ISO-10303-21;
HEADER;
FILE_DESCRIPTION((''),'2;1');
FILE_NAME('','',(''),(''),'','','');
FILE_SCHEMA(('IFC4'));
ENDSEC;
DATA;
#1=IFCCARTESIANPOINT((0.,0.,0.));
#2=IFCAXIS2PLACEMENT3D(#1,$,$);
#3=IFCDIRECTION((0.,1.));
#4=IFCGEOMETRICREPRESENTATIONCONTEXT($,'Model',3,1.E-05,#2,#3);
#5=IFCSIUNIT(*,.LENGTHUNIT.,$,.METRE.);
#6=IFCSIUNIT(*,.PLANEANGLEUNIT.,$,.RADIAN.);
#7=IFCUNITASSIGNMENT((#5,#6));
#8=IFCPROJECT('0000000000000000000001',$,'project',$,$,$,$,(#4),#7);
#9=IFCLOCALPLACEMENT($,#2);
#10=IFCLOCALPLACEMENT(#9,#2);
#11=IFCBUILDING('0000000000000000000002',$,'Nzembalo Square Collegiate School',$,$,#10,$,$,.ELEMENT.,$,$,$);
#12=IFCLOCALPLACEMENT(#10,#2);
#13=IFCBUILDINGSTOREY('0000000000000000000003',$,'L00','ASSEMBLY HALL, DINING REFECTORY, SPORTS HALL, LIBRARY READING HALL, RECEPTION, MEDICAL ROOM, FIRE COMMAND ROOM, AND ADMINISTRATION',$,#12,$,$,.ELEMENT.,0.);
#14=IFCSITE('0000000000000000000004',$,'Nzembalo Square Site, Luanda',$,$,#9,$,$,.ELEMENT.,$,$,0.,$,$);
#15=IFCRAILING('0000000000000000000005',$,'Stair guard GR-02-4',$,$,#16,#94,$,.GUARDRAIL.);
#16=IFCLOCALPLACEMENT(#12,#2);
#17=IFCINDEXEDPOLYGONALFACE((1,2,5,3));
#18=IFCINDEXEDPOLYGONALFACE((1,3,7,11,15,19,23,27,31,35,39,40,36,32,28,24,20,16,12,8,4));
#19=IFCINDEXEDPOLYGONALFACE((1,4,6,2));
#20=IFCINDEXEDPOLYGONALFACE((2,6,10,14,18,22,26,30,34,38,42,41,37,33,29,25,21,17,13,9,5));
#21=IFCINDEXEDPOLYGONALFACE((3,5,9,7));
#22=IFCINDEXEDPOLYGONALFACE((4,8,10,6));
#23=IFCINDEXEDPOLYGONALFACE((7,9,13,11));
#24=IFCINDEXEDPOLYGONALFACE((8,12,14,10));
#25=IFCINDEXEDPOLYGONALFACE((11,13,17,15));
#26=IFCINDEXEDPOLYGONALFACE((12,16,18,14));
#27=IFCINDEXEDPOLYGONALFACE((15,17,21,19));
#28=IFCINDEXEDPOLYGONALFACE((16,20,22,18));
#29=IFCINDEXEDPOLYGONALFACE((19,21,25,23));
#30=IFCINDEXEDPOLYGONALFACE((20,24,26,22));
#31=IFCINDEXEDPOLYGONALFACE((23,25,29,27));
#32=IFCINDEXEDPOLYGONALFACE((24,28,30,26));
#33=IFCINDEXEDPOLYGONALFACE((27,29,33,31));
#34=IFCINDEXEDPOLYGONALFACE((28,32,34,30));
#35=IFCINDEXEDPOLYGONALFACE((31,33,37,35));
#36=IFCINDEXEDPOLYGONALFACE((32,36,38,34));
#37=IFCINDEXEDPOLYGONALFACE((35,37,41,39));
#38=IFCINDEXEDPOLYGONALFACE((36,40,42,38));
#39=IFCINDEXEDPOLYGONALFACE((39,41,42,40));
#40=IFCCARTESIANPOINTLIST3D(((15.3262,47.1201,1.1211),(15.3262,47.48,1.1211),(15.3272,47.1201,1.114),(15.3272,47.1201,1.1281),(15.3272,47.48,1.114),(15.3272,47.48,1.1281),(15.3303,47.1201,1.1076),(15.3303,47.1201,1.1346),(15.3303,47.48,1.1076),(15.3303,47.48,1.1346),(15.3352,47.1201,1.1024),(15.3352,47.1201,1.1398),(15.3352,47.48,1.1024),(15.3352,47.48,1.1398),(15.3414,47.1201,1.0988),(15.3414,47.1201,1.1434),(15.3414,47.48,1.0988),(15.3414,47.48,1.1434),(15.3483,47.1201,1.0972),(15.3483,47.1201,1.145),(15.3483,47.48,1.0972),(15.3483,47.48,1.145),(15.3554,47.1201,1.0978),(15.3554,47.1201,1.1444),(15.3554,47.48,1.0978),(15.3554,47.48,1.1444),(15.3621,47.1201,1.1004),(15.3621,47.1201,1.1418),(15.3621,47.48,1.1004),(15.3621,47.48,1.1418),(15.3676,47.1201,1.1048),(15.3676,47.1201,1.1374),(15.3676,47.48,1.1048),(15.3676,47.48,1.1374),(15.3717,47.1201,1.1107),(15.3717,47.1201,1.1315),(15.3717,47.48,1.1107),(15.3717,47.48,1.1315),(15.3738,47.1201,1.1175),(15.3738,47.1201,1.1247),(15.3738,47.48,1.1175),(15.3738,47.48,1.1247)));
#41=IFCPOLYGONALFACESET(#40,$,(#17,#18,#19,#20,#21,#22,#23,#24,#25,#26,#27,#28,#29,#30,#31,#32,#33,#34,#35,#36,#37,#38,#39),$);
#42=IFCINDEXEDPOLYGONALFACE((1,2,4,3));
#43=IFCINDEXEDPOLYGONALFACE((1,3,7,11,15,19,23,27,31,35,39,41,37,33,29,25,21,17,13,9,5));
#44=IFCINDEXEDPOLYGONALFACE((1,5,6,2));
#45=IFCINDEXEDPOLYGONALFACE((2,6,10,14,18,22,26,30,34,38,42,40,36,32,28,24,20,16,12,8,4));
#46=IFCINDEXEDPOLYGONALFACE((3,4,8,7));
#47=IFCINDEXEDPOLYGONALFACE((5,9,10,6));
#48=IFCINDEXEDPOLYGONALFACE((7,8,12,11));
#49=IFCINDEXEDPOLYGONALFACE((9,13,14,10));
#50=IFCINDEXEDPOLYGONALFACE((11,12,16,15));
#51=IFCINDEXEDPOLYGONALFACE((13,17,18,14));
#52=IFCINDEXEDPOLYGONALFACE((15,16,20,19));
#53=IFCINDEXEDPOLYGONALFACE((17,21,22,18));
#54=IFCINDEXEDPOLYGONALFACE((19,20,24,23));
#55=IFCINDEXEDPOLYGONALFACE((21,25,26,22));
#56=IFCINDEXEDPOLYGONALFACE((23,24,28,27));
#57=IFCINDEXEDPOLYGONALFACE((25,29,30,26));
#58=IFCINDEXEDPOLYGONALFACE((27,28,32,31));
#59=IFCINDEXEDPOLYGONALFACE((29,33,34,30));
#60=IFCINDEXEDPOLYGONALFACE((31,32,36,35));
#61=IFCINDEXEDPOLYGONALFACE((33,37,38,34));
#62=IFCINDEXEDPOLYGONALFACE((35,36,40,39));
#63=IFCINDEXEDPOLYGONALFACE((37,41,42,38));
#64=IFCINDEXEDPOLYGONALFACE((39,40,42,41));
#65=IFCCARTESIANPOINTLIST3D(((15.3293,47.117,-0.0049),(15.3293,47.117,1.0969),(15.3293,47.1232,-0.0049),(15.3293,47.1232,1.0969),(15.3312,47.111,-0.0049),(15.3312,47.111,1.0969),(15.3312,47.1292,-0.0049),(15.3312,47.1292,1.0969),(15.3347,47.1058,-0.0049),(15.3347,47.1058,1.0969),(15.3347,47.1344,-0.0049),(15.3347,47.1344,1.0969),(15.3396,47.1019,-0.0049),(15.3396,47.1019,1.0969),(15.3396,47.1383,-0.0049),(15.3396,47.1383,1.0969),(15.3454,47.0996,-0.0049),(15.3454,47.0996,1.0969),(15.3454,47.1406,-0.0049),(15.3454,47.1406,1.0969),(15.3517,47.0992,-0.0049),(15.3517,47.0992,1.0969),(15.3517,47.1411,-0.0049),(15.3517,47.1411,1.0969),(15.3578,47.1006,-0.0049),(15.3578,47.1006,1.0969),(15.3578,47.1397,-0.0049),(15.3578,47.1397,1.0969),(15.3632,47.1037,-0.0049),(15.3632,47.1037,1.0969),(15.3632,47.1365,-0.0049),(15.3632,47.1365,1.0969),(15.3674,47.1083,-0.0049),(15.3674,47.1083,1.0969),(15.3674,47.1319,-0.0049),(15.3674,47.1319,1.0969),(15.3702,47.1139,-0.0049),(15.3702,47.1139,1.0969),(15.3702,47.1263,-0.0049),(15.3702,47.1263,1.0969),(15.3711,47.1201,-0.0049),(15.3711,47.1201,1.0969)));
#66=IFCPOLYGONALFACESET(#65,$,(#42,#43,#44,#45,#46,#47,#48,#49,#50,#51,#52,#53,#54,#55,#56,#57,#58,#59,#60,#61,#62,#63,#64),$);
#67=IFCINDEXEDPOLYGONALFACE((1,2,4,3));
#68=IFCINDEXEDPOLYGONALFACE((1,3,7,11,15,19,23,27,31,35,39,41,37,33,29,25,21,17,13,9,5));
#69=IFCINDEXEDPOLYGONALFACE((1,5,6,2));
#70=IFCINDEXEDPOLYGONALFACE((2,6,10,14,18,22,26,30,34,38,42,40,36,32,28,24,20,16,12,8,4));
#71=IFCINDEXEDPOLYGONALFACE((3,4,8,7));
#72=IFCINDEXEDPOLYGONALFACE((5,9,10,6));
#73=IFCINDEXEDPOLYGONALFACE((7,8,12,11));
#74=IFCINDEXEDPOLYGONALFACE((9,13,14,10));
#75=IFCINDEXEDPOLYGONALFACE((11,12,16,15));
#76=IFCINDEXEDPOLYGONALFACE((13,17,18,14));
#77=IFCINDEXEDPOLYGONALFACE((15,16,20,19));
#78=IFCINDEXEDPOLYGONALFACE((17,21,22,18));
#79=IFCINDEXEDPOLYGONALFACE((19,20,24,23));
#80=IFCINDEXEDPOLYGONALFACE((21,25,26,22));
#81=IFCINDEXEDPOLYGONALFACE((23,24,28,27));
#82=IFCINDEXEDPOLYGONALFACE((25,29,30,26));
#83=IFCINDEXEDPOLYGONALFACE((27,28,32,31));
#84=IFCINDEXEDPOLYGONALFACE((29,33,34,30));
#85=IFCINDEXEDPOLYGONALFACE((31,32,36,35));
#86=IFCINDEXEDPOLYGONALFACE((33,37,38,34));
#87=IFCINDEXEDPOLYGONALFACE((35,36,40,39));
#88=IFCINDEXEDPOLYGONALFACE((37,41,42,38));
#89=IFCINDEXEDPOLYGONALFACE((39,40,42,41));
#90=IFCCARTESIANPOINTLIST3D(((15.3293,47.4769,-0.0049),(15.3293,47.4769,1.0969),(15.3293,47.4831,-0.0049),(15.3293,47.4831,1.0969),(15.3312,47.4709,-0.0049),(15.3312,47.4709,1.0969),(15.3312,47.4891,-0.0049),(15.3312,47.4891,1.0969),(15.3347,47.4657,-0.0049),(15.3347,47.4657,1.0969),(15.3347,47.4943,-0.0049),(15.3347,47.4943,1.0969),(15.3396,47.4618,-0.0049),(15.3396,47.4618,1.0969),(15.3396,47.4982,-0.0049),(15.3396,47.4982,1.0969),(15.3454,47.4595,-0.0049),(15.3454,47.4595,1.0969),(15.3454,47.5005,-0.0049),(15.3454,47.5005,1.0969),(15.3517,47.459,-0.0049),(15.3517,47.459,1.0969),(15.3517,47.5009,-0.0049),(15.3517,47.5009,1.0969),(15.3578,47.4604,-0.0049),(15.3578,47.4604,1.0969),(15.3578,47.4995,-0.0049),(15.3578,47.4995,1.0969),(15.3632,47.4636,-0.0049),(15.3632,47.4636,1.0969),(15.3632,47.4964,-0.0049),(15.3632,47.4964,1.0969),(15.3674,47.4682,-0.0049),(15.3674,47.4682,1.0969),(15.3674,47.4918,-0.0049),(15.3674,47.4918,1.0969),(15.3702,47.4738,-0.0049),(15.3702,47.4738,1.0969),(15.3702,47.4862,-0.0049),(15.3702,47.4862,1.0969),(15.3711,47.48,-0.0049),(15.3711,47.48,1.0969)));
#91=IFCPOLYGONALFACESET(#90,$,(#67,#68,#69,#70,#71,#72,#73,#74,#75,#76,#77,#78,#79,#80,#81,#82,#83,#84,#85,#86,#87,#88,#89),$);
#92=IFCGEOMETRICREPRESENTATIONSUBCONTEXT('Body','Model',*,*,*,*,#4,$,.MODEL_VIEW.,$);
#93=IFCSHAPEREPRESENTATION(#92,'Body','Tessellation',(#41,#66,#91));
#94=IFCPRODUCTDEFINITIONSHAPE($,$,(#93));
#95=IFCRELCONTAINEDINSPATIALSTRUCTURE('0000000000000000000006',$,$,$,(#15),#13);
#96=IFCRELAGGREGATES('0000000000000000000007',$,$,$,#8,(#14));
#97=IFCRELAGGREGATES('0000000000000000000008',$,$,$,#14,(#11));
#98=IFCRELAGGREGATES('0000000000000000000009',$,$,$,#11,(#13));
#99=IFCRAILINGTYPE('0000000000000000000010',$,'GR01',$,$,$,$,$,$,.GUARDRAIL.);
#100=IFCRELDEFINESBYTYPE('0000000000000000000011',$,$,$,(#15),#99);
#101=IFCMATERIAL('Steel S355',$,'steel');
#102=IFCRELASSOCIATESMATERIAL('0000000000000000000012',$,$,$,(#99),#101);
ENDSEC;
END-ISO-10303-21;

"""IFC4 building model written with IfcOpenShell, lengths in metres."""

from ifc_helpers import new_model, si_unit, direction, frame, origin, origin_2d, place, context, subcontext, project, spatial, circle, extrude, material, type_object, element, save


model = new_model("IFC4")

# Units and contexts
model_context = context("Model", 3, precision=1e-05, world=origin(), true_north=direction((0.0, 1.0)))
body_context = subcontext(model_context, "Body", "Model", "MODEL_VIEW")
ifc_project = project(units=[si_unit("LENGTHUNIT", "METRE"), si_unit("PLANEANGLEUNIT", "RADIAN")], contexts=[model_context])

# Site, building, storey
site_placement = place(None, origin())
site = spatial("IfcSite", under=ifc_project, at=site_placement, Name="Nzembalo Square Site, Luanda", CompositionType="ELEMENT", RefElevation=0.0)
building_placement = place(site_placement, origin())
building = spatial("IfcBuilding", under=site, at=building_placement, Name="Nzembalo Square Collegiate School", CompositionType="ELEMENT")
storey_placement = place(building_placement, origin())
storey = spatial("IfcBuildingStorey", under=building, at=storey_placement, Name="L00", Description="ASSEMBLY HALL, DINING REFECTORY, SPORTS HALL, LIBRARY READING HALL, RECEPTION, MEDICAL ROOM, FIRE COMMAND ROOM, AND ADMINISTRATION", CompositionType="ELEMENT", Elevation=0.0)

# Railing
ifc_material_1 = material(Name="Steel S355", Category="steel")
railing_type_1 = type_object("IfcRailingType", Name="GR01", PredefinedType="GUARDRAIL", material=ifc_material_1)
railing_1_placement = place(storey_placement, frame((15.3501, 47.1201, -0.0049)))
element("IfcRailing", 1, at=railing_1_placement, inside=storey, type_object=railing_type_1, Name="Stair guard GR-02-4", PredefinedType="GUARDRAIL", context=body_context, shape_type="SweptSolid", body=[
    extrude(circle(Radius=0.0239, at=origin_2d()), frame((0.0, 0.0, 1.126), z_axis=(0.0, 1.0, 0.0), x_axis=(-1.0, 0.0, 0.0)), (0.0, 0.0, 1.0), 0.3599),
    extrude(circle(Radius=0.021, at=origin_2d()), origin(), (0.0, 0.0, 1.0), 1.1018),
    extrude(circle(Radius=0.021, at=origin_2d()), frame((0.0, 0.3599, 0.0)), (0.0, 0.0, 1.0), 1.1018),
])

save(model, "model.ifc")
